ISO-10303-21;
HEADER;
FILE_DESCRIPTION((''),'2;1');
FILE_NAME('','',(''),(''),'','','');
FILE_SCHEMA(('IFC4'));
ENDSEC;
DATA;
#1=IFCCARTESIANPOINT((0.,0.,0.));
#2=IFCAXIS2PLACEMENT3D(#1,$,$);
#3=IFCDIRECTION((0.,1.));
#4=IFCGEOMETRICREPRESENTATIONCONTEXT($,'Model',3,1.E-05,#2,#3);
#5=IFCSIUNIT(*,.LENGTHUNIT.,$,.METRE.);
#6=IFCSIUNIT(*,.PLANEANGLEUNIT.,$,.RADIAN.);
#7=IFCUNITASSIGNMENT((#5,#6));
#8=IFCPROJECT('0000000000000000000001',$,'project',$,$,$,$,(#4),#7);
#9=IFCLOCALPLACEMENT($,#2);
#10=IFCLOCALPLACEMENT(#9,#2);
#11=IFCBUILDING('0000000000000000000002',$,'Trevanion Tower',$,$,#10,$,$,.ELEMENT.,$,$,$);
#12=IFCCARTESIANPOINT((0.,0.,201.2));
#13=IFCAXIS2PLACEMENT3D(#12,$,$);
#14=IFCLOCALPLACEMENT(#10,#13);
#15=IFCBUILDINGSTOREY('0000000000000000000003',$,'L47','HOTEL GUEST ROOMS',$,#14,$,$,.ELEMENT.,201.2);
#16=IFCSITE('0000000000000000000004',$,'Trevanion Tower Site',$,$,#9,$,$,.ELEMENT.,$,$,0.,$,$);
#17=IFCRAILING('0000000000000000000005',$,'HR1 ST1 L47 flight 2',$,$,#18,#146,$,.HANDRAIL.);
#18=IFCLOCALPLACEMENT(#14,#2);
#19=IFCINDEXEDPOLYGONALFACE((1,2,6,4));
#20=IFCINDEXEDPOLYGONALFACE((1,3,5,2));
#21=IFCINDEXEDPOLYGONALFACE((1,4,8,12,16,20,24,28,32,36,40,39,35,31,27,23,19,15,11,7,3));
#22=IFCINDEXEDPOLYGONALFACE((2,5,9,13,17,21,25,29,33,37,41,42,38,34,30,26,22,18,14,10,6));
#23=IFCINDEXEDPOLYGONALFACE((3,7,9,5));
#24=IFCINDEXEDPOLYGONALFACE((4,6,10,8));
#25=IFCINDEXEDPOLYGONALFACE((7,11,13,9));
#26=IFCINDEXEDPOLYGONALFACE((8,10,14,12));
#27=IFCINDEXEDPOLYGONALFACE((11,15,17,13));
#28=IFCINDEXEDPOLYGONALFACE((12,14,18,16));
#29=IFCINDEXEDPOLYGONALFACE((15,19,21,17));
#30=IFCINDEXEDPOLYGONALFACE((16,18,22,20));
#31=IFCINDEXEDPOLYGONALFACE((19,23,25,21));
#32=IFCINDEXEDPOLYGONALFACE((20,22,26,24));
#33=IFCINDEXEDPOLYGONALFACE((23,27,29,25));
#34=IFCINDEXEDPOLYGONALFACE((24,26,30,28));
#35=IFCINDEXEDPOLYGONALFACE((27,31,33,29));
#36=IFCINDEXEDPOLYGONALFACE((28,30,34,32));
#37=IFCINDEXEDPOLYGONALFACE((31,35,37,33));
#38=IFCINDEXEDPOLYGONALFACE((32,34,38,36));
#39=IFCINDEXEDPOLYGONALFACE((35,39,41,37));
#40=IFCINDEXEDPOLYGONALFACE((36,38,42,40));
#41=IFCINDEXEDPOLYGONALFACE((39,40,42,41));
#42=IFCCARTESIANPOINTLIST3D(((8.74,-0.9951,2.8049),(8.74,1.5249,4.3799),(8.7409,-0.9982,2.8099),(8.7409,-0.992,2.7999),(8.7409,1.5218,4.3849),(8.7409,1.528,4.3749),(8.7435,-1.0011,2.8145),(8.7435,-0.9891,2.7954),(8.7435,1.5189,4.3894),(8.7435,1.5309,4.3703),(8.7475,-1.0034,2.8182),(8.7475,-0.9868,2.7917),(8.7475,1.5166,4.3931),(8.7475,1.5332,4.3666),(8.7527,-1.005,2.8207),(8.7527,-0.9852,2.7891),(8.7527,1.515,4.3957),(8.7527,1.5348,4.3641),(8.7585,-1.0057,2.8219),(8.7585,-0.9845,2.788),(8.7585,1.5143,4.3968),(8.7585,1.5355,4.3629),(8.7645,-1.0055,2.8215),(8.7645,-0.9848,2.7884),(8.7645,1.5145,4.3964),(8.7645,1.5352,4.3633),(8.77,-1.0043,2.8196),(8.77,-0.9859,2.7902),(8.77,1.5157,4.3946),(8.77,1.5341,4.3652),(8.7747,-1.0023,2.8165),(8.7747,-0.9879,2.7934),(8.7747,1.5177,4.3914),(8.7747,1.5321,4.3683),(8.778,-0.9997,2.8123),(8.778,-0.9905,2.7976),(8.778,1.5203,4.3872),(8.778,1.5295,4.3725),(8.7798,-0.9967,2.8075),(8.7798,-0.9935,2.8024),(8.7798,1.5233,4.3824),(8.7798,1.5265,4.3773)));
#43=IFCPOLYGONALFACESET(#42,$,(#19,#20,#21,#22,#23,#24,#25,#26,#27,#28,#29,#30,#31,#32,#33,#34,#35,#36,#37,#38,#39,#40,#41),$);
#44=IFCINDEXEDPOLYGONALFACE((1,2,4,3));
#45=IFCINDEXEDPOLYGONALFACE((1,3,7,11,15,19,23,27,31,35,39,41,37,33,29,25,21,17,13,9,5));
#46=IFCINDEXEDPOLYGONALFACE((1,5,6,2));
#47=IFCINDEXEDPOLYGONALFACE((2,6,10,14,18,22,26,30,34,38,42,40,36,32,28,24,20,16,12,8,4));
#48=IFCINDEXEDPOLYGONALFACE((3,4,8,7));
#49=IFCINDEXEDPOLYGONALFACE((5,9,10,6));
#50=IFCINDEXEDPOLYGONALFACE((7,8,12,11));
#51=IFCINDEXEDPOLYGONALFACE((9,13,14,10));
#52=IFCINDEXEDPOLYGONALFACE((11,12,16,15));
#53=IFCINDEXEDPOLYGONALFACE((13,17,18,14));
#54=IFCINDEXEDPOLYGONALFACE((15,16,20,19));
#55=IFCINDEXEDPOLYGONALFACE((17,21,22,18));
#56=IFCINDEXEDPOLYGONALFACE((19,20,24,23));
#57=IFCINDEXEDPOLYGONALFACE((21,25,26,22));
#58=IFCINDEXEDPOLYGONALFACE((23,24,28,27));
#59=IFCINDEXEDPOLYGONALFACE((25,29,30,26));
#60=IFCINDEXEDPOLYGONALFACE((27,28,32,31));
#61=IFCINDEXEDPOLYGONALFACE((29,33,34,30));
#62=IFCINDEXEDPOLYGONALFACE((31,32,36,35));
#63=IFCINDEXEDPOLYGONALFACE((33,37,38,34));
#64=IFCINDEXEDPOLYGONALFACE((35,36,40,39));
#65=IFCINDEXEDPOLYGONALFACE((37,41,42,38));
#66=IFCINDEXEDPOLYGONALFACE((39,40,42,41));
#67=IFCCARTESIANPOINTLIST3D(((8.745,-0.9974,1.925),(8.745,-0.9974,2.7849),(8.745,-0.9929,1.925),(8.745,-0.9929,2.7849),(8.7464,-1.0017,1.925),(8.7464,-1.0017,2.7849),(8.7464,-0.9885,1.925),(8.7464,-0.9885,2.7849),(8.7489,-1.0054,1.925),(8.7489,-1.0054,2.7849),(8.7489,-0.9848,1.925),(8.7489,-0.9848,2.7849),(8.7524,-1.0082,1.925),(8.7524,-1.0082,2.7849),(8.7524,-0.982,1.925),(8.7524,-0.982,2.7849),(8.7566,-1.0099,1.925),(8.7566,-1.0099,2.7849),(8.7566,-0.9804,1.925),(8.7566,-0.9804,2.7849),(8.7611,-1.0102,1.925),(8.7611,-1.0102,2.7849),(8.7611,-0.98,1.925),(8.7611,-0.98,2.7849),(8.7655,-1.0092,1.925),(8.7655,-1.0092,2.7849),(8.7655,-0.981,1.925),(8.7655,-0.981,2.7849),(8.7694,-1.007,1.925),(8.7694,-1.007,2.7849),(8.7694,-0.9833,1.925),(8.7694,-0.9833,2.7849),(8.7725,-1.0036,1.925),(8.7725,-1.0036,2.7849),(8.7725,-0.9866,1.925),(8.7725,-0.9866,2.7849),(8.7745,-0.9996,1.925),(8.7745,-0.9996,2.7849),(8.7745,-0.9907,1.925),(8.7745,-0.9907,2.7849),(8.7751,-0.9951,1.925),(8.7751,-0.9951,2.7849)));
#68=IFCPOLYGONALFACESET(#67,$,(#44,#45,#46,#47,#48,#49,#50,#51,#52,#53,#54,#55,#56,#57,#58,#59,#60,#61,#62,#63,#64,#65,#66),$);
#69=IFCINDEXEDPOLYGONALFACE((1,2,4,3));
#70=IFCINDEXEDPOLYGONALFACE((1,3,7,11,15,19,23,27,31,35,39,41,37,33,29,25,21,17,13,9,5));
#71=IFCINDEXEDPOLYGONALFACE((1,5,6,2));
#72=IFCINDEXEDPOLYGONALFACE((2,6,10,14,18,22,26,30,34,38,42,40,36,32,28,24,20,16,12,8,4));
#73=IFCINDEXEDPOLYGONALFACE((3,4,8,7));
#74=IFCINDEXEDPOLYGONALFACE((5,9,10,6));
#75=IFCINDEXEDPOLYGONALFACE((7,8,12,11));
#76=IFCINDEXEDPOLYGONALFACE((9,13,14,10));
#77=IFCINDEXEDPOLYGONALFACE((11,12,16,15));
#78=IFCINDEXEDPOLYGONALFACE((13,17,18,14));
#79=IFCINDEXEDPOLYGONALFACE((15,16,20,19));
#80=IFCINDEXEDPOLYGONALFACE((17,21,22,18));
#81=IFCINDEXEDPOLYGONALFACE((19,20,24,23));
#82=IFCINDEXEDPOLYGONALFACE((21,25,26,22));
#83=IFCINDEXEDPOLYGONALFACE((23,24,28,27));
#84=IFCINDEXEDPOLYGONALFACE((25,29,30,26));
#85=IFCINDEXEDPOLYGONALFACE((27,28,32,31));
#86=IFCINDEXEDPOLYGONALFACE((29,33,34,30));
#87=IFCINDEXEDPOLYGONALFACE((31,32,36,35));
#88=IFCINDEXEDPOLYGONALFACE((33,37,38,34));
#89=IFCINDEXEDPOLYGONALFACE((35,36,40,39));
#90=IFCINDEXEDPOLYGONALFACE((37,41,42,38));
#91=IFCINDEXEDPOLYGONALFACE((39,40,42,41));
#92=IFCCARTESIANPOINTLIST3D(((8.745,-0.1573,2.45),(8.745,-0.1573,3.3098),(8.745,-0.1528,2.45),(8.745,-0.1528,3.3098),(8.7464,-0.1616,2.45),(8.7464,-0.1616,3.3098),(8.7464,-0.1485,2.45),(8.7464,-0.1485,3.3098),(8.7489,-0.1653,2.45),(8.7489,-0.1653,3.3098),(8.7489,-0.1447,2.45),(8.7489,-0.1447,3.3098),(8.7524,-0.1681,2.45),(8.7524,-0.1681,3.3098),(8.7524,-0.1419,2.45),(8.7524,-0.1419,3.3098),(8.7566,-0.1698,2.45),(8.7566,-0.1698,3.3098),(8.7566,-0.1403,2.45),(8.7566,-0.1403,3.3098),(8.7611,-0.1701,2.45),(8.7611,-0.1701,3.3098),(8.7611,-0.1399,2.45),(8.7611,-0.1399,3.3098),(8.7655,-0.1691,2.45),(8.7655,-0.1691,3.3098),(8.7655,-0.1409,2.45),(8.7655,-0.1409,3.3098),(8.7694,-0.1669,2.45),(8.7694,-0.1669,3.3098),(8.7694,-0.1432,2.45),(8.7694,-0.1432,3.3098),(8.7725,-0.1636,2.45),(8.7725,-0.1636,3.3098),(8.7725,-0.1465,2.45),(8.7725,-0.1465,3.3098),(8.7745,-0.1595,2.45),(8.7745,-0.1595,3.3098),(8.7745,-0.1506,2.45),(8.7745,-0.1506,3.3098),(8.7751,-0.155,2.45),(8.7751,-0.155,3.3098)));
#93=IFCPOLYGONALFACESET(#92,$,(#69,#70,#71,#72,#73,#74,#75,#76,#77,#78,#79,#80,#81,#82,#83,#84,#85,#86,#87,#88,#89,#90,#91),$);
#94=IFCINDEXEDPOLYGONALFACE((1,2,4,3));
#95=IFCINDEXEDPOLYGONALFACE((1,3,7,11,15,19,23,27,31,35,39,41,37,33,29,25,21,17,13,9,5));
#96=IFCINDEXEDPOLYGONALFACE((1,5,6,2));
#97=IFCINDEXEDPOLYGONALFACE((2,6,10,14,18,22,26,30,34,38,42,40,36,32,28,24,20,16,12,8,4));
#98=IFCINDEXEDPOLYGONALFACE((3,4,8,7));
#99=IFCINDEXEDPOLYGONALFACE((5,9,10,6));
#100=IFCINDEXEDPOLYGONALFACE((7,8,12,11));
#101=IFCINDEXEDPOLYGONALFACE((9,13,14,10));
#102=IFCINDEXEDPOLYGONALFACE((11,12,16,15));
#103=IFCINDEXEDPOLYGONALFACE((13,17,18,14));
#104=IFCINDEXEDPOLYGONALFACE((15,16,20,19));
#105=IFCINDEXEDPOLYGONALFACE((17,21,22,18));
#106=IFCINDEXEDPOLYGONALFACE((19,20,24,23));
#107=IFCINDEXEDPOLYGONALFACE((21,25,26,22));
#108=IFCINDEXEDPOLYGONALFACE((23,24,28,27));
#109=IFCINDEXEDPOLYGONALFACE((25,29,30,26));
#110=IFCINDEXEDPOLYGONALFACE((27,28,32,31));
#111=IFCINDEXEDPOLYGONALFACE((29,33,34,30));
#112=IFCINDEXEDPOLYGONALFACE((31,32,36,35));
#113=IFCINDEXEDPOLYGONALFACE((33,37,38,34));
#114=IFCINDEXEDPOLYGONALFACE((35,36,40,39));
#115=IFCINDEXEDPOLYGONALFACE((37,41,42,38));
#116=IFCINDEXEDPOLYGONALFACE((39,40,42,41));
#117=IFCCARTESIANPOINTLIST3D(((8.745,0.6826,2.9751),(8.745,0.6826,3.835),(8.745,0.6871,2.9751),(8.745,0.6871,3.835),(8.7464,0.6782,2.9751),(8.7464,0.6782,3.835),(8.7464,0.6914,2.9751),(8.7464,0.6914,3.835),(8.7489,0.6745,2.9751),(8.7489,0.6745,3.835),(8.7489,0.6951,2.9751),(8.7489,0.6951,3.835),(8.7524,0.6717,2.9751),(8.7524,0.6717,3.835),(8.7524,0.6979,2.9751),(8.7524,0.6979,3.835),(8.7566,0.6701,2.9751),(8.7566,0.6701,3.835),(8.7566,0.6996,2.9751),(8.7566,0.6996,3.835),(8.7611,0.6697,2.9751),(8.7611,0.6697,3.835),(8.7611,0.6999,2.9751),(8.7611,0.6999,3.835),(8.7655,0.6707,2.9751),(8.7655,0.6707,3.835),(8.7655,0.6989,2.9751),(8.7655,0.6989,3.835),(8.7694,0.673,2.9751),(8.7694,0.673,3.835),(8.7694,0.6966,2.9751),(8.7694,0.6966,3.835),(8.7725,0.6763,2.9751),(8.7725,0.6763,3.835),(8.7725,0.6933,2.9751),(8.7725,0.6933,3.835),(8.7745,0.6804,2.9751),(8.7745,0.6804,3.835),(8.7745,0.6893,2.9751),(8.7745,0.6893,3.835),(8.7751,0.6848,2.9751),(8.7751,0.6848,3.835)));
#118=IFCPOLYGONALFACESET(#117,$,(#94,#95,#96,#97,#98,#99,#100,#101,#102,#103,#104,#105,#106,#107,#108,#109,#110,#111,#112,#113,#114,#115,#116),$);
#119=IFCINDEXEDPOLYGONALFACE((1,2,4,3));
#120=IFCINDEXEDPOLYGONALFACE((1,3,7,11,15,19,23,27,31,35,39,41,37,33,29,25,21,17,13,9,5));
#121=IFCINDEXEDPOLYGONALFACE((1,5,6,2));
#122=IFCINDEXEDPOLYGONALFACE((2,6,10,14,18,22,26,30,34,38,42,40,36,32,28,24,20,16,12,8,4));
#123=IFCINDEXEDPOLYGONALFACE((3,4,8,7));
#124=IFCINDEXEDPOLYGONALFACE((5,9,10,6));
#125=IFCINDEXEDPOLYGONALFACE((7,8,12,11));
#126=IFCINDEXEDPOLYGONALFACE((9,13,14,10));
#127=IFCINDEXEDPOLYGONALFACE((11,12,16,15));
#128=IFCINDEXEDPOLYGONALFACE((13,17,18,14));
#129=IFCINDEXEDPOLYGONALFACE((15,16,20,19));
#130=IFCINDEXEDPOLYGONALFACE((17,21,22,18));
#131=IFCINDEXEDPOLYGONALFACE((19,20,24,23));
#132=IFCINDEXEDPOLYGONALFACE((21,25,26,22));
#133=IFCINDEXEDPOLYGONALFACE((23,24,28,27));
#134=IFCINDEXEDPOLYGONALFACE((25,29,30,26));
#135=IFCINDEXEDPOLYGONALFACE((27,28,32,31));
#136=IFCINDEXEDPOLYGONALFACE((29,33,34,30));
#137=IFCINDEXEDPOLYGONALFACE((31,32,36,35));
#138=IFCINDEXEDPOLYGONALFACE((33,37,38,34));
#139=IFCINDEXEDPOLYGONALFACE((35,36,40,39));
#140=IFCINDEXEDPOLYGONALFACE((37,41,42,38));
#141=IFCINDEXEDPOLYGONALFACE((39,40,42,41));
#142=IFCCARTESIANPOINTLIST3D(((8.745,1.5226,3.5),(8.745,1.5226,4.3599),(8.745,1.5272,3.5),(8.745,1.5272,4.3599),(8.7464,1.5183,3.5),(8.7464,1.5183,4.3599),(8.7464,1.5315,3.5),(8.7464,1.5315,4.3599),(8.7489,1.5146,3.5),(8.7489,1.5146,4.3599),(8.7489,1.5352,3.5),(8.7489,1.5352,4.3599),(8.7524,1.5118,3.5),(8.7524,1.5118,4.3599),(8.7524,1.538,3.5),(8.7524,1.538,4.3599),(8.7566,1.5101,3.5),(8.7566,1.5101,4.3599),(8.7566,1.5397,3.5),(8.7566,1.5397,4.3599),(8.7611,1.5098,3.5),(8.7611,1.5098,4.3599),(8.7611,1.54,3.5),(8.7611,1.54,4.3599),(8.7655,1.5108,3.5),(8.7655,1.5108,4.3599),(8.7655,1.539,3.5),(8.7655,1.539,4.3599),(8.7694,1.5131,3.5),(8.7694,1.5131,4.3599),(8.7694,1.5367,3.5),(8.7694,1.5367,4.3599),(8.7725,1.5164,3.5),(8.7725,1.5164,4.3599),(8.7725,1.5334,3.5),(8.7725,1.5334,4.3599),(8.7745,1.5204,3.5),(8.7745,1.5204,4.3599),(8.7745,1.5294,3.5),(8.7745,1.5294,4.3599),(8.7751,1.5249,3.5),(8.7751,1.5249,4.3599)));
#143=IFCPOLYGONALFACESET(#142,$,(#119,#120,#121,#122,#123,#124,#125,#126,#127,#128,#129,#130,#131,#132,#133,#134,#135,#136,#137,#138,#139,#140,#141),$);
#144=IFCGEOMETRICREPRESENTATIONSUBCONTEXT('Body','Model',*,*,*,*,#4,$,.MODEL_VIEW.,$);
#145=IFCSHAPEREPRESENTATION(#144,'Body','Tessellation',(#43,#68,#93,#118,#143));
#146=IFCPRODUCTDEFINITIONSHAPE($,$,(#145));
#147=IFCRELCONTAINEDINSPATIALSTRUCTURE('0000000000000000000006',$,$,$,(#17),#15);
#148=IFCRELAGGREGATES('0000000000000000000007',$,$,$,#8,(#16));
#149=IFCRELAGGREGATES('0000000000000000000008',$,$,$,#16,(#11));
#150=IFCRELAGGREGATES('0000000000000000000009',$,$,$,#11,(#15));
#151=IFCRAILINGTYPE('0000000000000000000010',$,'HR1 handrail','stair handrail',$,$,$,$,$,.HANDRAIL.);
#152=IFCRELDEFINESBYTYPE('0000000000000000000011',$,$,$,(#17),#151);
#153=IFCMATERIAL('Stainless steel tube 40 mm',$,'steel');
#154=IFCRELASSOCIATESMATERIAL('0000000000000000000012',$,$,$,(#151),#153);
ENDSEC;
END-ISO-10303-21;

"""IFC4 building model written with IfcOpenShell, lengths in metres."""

from ifc_helpers import new_model, si_unit, direction, frame, origin, origin_2d, place, context, subcontext, project, spatial, circle, extrude, material, type_object, element, save


model = new_model("IFC4")

# Units and contexts
model_context = context("Model", 3, precision=1e-05, world=origin(), true_north=direction((0.0, 1.0)))
body_context = subcontext(model_context, "Body", "Model", "MODEL_VIEW")
ifc_project = project(units=[si_unit("LENGTHUNIT", "METRE"), si_unit("PLANEANGLEUNIT", "RADIAN")], contexts=[model_context])

# Site, building, storey
site_placement = place(None, origin())
site = spatial("IfcSite", under=ifc_project, at=site_placement, Name="Trevanion Tower Site", CompositionType="ELEMENT", RefElevation=0.0)
building_placement = place(site_placement, origin())
building = spatial("IfcBuilding", under=site, at=building_placement, Name="Trevanion Tower", CompositionType="ELEMENT")
storey_placement = place(building_placement, frame((0.0, 0.0, 201.2)))
storey = spatial("IfcBuildingStorey", under=building, at=storey_placement, Name="L47", Description="HOTEL GUEST ROOMS", CompositionType="ELEMENT", Elevation=201.2)

# Railing
ifc_material_1 = material(Name="Stainless steel tube 40 mm", Category="steel")
railing_type = type_object("IfcRailingType", Name="HR1 handrail", Description="stair handrail", PredefinedType="HANDRAIL", material=ifc_material_1)
for number, where, name in (
    (1, (8.76, -0.9951, 1.925), "HR1 ST1 L47 flight 2"),
):
    element("IfcRailing", number, at=place(storey_placement, frame(where)), inside=storey, type_object=railing_type, Name=name, PredefinedType="HANDRAIL", context=body_context, shape_type="SweptSolid", body=[
        extrude(circle(Radius=0.02, at=origin_2d()), frame((0.0, 0.0, 0.8799), z_axis=(0.0, 0.848008, 0.529984), x_axis=(-1.0, 0.0, 0.0)), (0.0, 0.0, 1.0), 2.9717),
        extrude(circle(Radius=0.0151, at=origin_2d()), origin(), (0.0, 0.0, 1.0), 0.8599),
        extrude(circle(Radius=0.0151, at=origin_2d()), frame((0.0, 0.8401, 0.5249)), (0.0, 0.0, 1.0), 0.8599),
        extrude(circle(Radius=0.0151, at=origin_2d()), frame((0.0, 1.6799, 1.05)), (0.0, 0.0, 1.0), 0.8599),
        extrude(circle(Radius=0.0151, at=origin_2d()), frame((0.0, 2.52, 1.575)), (0.0, 0.0, 1.0), 0.8599),
    ])

save(model, "model.ifc")
